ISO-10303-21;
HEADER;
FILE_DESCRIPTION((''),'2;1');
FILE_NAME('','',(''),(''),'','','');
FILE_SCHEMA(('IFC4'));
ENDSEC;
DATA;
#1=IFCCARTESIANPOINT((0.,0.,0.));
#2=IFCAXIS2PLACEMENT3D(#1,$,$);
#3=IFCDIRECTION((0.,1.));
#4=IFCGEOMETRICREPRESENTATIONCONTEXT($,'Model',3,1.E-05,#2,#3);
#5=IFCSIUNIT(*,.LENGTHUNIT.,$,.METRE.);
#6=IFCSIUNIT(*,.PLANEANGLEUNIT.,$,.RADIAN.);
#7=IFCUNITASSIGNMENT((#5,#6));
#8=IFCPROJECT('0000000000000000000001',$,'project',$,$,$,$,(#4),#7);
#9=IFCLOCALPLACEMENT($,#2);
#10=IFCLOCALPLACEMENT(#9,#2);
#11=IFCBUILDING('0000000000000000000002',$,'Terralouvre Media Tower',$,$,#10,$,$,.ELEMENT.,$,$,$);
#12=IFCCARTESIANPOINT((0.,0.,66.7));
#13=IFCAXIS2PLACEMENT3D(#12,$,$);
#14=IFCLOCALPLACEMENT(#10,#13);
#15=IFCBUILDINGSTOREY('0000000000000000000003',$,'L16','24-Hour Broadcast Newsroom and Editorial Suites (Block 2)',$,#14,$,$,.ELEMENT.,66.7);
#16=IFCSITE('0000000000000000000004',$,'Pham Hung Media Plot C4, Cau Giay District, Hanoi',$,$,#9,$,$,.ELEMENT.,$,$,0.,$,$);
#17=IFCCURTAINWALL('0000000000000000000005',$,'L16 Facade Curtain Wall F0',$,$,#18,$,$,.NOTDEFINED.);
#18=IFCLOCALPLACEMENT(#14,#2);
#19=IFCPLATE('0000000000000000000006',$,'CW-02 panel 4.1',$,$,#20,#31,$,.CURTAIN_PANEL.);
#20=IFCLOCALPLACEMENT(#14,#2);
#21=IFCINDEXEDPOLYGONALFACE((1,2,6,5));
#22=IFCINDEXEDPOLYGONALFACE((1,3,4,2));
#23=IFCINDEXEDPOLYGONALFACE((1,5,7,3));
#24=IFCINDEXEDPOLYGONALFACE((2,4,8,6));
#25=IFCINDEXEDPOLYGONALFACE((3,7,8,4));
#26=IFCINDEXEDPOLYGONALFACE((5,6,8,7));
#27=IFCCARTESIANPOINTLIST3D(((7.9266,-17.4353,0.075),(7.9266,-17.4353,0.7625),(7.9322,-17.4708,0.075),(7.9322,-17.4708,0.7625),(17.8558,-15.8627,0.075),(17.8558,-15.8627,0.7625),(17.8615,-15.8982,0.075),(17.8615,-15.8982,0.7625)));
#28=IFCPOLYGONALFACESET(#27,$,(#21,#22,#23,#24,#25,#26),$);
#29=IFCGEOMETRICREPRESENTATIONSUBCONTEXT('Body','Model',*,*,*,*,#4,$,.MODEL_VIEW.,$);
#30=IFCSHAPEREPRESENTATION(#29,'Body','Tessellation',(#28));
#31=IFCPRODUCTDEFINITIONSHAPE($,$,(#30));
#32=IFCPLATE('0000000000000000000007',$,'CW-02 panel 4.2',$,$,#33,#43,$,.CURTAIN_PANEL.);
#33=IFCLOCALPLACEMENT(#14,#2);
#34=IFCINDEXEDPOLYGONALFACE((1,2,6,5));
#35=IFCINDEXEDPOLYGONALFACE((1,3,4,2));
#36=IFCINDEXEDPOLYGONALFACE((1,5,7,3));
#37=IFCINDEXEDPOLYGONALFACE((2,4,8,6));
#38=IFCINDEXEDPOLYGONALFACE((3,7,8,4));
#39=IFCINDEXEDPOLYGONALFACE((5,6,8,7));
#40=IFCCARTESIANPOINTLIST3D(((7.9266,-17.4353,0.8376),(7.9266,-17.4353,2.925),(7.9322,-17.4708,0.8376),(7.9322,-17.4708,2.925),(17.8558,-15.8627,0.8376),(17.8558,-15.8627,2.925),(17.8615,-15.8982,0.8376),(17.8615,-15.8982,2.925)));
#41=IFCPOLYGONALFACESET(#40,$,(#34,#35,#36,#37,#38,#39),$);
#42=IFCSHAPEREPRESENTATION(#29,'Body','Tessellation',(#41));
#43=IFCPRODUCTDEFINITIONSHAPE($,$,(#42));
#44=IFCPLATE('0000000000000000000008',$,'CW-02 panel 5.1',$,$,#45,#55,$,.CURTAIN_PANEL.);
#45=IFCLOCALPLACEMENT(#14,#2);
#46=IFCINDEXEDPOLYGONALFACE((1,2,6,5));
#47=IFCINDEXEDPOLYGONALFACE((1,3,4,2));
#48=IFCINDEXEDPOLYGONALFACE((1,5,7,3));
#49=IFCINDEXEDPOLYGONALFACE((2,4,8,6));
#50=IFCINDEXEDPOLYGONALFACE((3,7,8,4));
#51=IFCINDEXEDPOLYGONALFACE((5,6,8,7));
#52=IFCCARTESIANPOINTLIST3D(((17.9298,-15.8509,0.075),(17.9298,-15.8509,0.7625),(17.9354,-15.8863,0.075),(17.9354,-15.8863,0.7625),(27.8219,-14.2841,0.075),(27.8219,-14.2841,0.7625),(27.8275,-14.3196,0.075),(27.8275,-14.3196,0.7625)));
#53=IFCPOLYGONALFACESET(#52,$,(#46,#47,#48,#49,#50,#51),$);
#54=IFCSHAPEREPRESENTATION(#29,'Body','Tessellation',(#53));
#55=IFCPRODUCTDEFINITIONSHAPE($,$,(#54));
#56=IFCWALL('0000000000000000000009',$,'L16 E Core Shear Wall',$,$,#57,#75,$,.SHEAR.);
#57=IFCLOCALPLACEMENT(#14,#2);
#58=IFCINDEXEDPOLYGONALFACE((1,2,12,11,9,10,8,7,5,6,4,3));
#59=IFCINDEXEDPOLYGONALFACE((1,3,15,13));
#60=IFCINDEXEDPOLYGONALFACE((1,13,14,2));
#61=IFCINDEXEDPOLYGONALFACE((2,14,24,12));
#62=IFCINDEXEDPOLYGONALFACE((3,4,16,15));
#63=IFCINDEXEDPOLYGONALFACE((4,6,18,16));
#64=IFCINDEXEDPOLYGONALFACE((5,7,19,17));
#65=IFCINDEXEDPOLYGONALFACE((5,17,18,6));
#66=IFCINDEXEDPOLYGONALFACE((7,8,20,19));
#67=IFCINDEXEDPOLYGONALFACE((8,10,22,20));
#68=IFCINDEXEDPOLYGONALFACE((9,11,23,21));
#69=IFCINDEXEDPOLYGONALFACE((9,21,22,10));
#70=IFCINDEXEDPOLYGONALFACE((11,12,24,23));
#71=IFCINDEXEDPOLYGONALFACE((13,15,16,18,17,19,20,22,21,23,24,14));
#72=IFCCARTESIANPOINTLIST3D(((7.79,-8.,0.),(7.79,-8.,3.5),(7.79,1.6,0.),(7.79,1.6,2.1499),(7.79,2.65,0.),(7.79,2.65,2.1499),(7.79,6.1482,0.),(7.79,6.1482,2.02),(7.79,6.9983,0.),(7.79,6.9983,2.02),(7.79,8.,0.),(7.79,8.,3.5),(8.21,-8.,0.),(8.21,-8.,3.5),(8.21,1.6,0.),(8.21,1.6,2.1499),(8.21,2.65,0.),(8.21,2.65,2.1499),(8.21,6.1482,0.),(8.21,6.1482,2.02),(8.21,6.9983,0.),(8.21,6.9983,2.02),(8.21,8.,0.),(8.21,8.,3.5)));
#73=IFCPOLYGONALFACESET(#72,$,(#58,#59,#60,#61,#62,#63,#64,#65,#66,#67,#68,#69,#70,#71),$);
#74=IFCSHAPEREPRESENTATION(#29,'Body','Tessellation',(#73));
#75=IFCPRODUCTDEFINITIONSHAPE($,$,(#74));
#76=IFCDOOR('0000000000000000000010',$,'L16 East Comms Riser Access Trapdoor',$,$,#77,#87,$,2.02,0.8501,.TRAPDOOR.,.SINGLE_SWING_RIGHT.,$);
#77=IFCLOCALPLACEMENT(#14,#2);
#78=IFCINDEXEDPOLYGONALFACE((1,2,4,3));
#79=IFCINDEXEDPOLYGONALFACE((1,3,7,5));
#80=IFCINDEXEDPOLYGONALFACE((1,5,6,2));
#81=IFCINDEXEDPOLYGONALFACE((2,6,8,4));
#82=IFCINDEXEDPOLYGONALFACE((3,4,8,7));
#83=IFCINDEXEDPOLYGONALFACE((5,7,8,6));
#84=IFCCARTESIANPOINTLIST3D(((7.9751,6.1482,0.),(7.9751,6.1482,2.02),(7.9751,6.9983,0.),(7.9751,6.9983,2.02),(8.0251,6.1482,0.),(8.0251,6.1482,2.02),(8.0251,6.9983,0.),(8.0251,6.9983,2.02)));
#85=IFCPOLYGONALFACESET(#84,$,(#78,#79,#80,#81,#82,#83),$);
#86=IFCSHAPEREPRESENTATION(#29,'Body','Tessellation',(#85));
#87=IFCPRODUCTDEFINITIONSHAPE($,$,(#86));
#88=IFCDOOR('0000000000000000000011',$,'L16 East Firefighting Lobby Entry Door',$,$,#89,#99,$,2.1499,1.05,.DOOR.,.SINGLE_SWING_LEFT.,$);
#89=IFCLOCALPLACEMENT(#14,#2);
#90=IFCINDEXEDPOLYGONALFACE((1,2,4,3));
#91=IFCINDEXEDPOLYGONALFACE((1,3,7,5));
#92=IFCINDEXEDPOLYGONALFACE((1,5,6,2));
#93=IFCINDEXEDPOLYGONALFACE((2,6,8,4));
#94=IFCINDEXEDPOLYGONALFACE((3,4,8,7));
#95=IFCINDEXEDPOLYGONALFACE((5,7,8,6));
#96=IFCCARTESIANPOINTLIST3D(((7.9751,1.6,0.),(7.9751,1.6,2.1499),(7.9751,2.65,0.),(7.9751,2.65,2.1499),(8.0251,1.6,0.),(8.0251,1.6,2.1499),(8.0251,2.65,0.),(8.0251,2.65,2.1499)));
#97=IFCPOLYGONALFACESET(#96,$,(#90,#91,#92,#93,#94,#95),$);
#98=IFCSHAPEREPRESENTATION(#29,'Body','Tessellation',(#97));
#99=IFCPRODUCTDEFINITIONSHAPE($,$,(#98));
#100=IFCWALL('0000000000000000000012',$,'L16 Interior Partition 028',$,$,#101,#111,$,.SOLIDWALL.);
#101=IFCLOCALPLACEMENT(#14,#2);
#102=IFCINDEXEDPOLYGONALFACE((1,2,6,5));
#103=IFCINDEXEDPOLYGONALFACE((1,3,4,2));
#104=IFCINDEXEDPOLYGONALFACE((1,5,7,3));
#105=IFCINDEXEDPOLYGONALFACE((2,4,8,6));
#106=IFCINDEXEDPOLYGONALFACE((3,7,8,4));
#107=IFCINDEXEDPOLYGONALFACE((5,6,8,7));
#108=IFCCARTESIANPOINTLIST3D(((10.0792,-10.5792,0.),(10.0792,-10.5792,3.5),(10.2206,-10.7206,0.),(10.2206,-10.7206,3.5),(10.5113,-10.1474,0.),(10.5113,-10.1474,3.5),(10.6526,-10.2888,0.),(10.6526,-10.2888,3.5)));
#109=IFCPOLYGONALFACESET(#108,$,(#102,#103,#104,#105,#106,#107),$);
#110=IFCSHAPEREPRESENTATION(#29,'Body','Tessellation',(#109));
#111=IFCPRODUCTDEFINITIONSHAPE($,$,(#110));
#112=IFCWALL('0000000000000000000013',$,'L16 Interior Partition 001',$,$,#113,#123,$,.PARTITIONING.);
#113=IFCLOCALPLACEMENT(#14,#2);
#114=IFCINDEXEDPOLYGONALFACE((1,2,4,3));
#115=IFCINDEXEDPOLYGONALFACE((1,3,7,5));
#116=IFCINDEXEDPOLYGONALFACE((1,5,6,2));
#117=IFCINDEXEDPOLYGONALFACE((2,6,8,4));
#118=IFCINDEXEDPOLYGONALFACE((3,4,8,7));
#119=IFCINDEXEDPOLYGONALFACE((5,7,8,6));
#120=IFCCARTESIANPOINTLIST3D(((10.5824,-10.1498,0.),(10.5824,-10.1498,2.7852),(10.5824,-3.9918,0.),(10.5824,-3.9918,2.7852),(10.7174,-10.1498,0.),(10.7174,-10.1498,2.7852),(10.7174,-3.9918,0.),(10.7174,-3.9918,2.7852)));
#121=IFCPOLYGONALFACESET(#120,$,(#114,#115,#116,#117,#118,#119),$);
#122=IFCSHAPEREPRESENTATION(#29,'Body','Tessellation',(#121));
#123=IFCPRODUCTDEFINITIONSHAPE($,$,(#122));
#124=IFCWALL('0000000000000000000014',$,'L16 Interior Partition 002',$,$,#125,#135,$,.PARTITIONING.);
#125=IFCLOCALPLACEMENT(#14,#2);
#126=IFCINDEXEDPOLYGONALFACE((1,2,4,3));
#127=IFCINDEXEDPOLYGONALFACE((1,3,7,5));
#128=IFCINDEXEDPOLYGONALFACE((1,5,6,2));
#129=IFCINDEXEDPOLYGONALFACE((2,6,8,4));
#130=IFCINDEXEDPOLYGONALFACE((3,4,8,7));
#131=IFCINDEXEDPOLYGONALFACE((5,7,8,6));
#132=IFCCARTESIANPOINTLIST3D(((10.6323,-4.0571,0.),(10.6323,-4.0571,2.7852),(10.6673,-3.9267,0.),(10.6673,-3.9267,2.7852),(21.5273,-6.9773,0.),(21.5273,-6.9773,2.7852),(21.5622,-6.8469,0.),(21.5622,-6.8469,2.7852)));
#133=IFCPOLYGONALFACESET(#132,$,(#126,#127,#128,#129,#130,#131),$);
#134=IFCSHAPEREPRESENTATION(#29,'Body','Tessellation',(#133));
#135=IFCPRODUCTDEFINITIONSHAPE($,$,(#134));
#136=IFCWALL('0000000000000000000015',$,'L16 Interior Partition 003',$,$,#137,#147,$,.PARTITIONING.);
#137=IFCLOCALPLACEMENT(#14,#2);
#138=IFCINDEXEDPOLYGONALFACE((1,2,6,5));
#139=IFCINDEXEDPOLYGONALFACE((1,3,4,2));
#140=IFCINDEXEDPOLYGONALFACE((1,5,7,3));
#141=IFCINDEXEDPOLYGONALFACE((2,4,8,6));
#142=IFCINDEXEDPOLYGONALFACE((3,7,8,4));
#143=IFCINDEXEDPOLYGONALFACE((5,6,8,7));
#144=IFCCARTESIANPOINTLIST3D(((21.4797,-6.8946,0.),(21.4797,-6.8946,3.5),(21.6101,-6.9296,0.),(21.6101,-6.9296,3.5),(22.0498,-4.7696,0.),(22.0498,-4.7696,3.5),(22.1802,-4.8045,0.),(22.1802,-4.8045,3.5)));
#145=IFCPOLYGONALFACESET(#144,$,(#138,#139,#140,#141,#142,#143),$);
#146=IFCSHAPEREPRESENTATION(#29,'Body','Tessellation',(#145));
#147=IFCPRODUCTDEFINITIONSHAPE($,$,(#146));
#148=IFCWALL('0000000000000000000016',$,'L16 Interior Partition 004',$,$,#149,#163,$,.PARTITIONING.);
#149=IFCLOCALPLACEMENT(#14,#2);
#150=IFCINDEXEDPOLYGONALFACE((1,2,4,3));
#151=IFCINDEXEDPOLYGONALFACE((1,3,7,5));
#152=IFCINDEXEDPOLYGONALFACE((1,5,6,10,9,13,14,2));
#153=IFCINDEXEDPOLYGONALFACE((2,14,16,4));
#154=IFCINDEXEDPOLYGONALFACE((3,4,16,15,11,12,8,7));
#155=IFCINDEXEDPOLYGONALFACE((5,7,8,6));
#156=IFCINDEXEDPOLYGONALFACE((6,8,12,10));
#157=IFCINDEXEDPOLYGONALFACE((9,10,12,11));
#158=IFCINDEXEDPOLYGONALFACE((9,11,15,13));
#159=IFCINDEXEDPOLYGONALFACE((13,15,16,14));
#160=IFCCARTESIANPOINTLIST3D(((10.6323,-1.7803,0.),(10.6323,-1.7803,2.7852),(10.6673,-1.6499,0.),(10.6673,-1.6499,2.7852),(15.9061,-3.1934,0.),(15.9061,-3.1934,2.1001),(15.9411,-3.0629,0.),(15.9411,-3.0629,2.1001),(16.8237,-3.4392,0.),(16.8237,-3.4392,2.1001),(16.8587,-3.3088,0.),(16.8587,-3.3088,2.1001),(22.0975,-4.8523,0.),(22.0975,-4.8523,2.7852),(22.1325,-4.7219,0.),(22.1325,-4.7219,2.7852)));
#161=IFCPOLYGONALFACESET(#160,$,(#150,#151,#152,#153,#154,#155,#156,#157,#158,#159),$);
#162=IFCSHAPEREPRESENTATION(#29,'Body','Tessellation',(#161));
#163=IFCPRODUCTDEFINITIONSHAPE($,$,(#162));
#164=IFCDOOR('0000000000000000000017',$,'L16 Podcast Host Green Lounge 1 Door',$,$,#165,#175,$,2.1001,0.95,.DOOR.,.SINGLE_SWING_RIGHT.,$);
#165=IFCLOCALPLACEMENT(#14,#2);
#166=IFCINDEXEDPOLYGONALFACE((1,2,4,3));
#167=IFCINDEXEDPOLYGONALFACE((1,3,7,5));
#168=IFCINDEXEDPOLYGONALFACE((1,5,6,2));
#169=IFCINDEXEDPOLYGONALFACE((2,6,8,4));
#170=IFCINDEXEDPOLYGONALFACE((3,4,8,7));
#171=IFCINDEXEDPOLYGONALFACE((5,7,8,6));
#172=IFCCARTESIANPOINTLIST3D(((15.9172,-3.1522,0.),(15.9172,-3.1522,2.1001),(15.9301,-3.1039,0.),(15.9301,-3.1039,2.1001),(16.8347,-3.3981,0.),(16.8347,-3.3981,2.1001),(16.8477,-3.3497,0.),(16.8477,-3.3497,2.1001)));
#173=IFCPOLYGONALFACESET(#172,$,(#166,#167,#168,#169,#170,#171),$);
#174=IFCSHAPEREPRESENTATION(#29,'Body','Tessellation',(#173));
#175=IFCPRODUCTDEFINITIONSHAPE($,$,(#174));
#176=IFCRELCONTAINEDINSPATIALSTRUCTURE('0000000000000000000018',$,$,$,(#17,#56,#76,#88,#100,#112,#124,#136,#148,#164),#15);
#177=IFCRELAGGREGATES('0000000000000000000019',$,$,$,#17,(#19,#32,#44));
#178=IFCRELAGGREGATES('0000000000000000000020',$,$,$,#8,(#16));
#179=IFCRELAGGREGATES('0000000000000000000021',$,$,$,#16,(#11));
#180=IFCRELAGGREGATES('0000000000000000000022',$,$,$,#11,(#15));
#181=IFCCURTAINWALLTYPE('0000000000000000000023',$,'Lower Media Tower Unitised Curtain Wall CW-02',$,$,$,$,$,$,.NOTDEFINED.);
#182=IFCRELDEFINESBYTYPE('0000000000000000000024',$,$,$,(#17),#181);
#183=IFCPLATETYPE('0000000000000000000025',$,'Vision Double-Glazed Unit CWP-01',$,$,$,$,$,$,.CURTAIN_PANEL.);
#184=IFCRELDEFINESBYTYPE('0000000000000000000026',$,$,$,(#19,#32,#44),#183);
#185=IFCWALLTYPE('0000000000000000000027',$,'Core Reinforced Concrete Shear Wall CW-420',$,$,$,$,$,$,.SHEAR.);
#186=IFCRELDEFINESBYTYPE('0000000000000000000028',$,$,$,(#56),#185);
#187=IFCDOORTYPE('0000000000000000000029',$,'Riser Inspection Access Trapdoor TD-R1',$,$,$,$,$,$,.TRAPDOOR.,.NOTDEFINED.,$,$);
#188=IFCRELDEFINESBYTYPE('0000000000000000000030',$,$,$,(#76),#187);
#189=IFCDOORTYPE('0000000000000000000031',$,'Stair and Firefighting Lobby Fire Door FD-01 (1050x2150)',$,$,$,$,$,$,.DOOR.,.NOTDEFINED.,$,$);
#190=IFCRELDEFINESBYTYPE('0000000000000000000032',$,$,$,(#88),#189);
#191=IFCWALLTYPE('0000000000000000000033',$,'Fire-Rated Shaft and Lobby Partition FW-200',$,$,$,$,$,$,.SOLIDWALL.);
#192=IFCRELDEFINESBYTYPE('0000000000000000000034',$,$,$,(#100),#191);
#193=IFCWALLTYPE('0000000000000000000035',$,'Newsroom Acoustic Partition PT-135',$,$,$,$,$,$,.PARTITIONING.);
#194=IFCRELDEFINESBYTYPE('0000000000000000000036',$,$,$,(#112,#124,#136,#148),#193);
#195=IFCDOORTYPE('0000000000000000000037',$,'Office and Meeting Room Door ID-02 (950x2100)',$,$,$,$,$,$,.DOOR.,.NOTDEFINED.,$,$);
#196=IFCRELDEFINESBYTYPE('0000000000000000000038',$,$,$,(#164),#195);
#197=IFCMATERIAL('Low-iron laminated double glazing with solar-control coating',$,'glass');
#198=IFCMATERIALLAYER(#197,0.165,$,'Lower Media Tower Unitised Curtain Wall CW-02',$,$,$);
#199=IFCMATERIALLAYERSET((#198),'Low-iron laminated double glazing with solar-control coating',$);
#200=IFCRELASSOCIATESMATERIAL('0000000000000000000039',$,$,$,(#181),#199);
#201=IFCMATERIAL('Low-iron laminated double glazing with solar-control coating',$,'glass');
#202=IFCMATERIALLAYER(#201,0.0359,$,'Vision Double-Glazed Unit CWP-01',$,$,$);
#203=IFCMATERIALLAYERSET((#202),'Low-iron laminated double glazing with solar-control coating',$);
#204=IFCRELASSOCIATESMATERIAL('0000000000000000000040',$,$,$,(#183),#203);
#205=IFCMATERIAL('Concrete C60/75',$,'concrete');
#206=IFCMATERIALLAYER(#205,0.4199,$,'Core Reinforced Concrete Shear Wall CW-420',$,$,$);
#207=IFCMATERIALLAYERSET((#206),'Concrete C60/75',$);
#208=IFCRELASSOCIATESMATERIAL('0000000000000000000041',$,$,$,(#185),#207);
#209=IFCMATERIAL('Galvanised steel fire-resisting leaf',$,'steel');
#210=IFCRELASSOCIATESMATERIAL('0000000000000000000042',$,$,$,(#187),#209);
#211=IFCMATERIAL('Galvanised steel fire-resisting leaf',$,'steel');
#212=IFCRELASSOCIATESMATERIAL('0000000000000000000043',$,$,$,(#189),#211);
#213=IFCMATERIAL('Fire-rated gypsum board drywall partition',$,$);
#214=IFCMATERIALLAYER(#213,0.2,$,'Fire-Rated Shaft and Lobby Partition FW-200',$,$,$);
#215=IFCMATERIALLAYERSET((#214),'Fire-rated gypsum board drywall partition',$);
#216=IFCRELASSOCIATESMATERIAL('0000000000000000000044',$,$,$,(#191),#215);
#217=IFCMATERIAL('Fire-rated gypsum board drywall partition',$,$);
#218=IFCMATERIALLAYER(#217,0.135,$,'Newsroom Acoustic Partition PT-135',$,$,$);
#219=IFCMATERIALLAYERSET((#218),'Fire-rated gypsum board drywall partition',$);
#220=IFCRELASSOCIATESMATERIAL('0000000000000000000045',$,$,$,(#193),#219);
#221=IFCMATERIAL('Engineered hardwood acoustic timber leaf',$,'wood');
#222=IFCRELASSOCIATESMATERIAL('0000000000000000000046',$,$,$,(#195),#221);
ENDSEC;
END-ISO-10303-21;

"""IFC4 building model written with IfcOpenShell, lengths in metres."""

from ifc_helpers import new_model, si_unit, direction, frame, frame_2d, origin, origin_2d, place, context, subcontext, project, spatial, rectangle, extrude, material, layer, layer_set, type_object, element, fill, aggregate, save


model = new_model("IFC4")

# Units and contexts
model_context = context("Model", 3, precision=1e-05, world=origin(), true_north=direction((0.0, 1.0)))
body_context = subcontext(model_context, "Body", "Model", "MODEL_VIEW")
ifc_project = project(units=[si_unit("LENGTHUNIT", "METRE"), si_unit("PLANEANGLEUNIT", "RADIAN")], contexts=[model_context])

# Site, building, storey
site_placement = place(None, origin())
site = spatial("IfcSite", under=ifc_project, at=site_placement, Name="Pham Hung Media Plot C4, Cau Giay District, Hanoi", CompositionType="ELEMENT", RefElevation=0.0)
building_placement = place(site_placement, origin())
building = spatial("IfcBuilding", under=site, at=building_placement, Name="Terralouvre Media Tower", CompositionType="ELEMENT")
storey_placement = place(building_placement, frame((0.0, 0.0, 66.7)))
storey = spatial("IfcBuildingStorey", under=building, at=storey_placement, Name="L16", Description="24-Hour Broadcast Newsroom and Editorial Suites (Block 2)", CompositionType="ELEMENT", Elevation=66.7)

# Curtain wall
ifc_material_1 = material(Name="Low-iron laminated double glazing with solar-control coating", Category="glass")
ifc_layer_1 = layer(ifc_material_1, 0.165, Name="Lower Media Tower Unitised Curtain Wall CW-02")
ifc_layer_set_1 = layer_set([ifc_layer_1], Name="Low-iron laminated double glazing with solar-control coating")
curtain_wall_type = type_object("IfcCurtainWallType", Name="Lower Media Tower Unitised Curtain Wall CW-02", PredefinedType="NOTDEFINED", material=ifc_layer_set_1)
curtain_wall_placement = place(storey_placement, origin())
curtain_wall = element("IfcCurtainWall", 1, at=curtain_wall_placement, inside=storey, type_object=curtain_wall_type, Name="L16 Facade Curtain Wall F0", PredefinedType="NOTDEFINED")

# Plates
ifc_material_2 = material(Name="Low-iron laminated double glazing with solar-control coating", Category="glass")
ifc_layer_2 = layer(ifc_material_2, 0.0359, Name="Vision Double-Glazed Unit CWP-01")
ifc_layer_set_2 = layer_set([ifc_layer_2], Name="Low-iron laminated double glazing with solar-control coating")
plate_type = type_object("IfcPlateType", Name="Vision Double-Glazed Unit CWP-01", PredefinedType="CURTAIN_PANEL", material=ifc_layer_set_2)
plate_1_placement = place(storey_placement, frame((12.894, -16.6667, 0.075), z_axis=(0.0, 0.0, 1.0), x_axis=(0.987688, 0.156434, 0.0)))
plate_1 = element("IfcPlate", 2, at=plate_1_placement, type_object=plate_type, Name="CW-02 panel 4.1", PredefinedType="CURTAIN_PANEL", context=body_context, shape_type="SweptSolid", body=[
    extrude(rectangle(XDim=10.053, YDim=0.0359, at=origin_2d()), origin(), (0.0, 0.0, 1.0), 0.6875),
])
plate_2_placement = place(storey_placement, frame((12.894, -16.6667, 0.8376), z_axis=(0.0, 0.0, 1.0), x_axis=(0.987688, 0.156434, 0.0)))
plate_2 = element("IfcPlate", 3, at=plate_2_placement, type_object=plate_type, Name="CW-02 panel 4.2", PredefinedType="CURTAIN_PANEL", context=body_context, shape_type="SweptSolid", body=[
    extrude(rectangle(XDim=10.053, YDim=0.0359, at=origin_2d()), origin(), (0.0, 0.0, 1.0), 2.0874),
])
plate_3_placement = place(storey_placement, frame((22.8787, -15.0852, 0.075), z_axis=(0.0, 0.0, 1.0), x_axis=(0.987688, 0.156434, 0.0)))
plate_3 = element("IfcPlate", 4, at=plate_3_placement, type_object=plate_type, Name="CW-02 panel 5.1", PredefinedType="CURTAIN_PANEL", context=body_context, shape_type="SweptSolid", body=[
    extrude(rectangle(XDim=10.0154, YDim=0.0359, at=origin_2d()), origin(), (0.0, 0.0, 1.0), 0.6875),
])
aggregate(curtain_wall, [plate_1, plate_2, plate_3])

# Wall, openings, doors
ifc_material_3 = material(Name="Concrete C60/75", Category="concrete")
ifc_layer_3 = layer(ifc_material_3, 0.4199, Name="Core Reinforced Concrete Shear Wall CW-420")
ifc_layer_set_3 = layer_set([ifc_layer_3], Name="Concrete C60/75")
wall_type_1 = type_object("IfcWallType", Name="Core Reinforced Concrete Shear Wall CW-420", PredefinedType="SHEAR", material=ifc_layer_set_3)
wall_1_placement = place(storey_placement, frame((8.0, -8.0, 0.0), z_axis=(0.0, 0.0, 1.0), x_axis=(0.0, 1.0, 0.0)))
wall_1 = element("IfcWall", 5, at=wall_1_placement, inside=storey, type_object=wall_type_1, Name="L16 E Core Shear Wall", PredefinedType="SHEAR", context=body_context, shape_type="SweptSolid", body=[
    extrude(rectangle(XDim=16.0, YDim=0.4199, at=frame_2d((8.0, 0.0))), origin(), (0.0, 0.0, 1.0), 3.5),
])
opening_1_placement = place(wall_1_placement, frame((9.6001, 0.0, 0.0)))
opening_1 = element("IfcOpeningElement", 6, at=opening_1_placement, cuts=wall_1, PredefinedType="OPENING", context=body_context, shape_type="SweptSolid", body=[
    extrude(rectangle(XDim=1.05, YDim=2.1499, at=frame_2d((0.5249, 1.075))), frame((0.0, 0.22, 0.0), z_axis=(0.0, -1.0, 0.0), x_axis=(1.0, 0.0, 0.0)), (0.0, 0.0, 1.0), 0.4399),
])
opening_2_placement = place(wall_1_placement, frame((14.1482, 0.0, 0.0)))
opening_2 = element("IfcOpeningElement", 7, at=opening_2_placement, cuts=wall_1, PredefinedType="OPENING", context=body_context, shape_type="SweptSolid", body=[
    extrude(rectangle(XDim=0.8501, YDim=2.02, at=frame_2d((0.425, 1.01))), frame((0.0, 0.22, 0.0), z_axis=(0.0, -1.0, 0.0), x_axis=(1.0, 0.0, 0.0)), (0.0, 0.0, 1.0), 0.4399),
])
ifc_material_4 = material(Name="Galvanised steel fire-resisting leaf", Category="steel")
door_type_1 = type_object("IfcDoorType", Name="Riser Inspection Access Trapdoor TD-R1", OperationType="NOTDEFINED", PredefinedType="TRAPDOOR", material=ifc_material_4)
door_1_placement = place(opening_2_placement, origin())
door_1 = element("IfcDoor", 8, at=door_1_placement, inside=storey, type_object=door_type_1, Name="L16 East Comms Riser Access Trapdoor", OperationType="SINGLE_SWING_RIGHT", OverallHeight=2.02, OverallWidth=0.8501, PredefinedType="TRAPDOOR", context=body_context, shape_type="SweptSolid", body=[
    extrude(rectangle(XDim=0.8501, YDim=2.02, at=frame_2d((0.425, 1.01))), frame((0.0, 0.0249, 0.0), z_axis=(0.0, -1.0, 0.0), x_axis=(1.0, 0.0, 0.0)), (0.0, 0.0, 1.0), 0.05),
])
fill(opening_2, door_1)
ifc_material_5 = material(Name="Galvanised steel fire-resisting leaf", Category="steel")
door_type_2 = type_object("IfcDoorType", Name="Stair and Firefighting Lobby Fire Door FD-01 (1050x2150)", OperationType="NOTDEFINED", PredefinedType="DOOR", material=ifc_material_5)
door_2_placement = place(opening_1_placement, origin())
door_2 = element("IfcDoor", 9, at=door_2_placement, inside=storey, type_object=door_type_2, Name="L16 East Firefighting Lobby Entry Door", OperationType="SINGLE_SWING_LEFT", OverallHeight=2.1499, OverallWidth=1.05, PredefinedType="DOOR", context=body_context, shape_type="SweptSolid", body=[
    extrude(rectangle(XDim=1.05, YDim=2.1499, at=frame_2d((0.5249, 1.075))), frame((0.0, 0.0249, 0.0), z_axis=(0.0, -1.0, 0.0), x_axis=(1.0, 0.0, 0.0)), (0.0, 0.0, 1.0), 0.05),
])
fill(opening_1, door_2)

# Walls
ifc_material_6 = material(Name="Fire-rated gypsum board drywall partition")
ifc_layer_4 = layer(ifc_material_6, 0.2, Name="Fire-Rated Shaft and Lobby Partition FW-200")
ifc_layer_set_4 = layer_set([ifc_layer_4], Name="Fire-rated gypsum board drywall partition")
wall_type_2 = type_object("IfcWallType", Name="Fire-Rated Shaft and Lobby Partition FW-200", PredefinedType="SOLIDWALL", material=ifc_layer_set_4)
wall_2_placement = place(storey_placement, frame((10.1499, -10.6499, 0.0), z_axis=(0.0, 0.0, 1.0), x_axis=(0.707307, 0.706907, 0.0)))
element("IfcWall", 10, at=wall_2_placement, inside=storey, type_object=wall_type_2, Name="L16 Interior Partition 028", PredefinedType="SOLIDWALL", context=body_context, shape_type="SweptSolid", body=[
    extrude(rectangle(XDim=0.6108, YDim=0.2, at=frame_2d((0.3054, 0.0))), origin(), (0.0, 0.0, 1.0), 3.5),
])
ifc_material_7 = material(Name="Fire-rated gypsum board drywall partition")
ifc_layer_5 = layer(ifc_material_7, 0.135, Name="Newsroom Acoustic Partition PT-135")
ifc_layer_set_5 = layer_set([ifc_layer_5], Name="Fire-rated gypsum board drywall partition")
wall_type_3 = type_object("IfcWallType", Name="Newsroom Acoustic Partition PT-135", PredefinedType="PARTITIONING", material=ifc_layer_set_5)
wall_3_placement = place(storey_placement, frame((10.6499, -10.1499, 0.0), z_axis=(0.0, 0.0, 1.0), x_axis=(0.0, 1.0, 0.0)))
element("IfcWall", 11, at=wall_3_placement, inside=storey, type_object=wall_type_3, Name="L16 Interior Partition 001", PredefinedType="PARTITIONING", context=body_context, shape_type="SweptSolid", body=[
    extrude(rectangle(XDim=6.158, YDim=0.135, at=frame_2d((3.0791, 0.0))), origin(), (0.0, 0.0, 1.0), 2.7852),
])
wall_4_placement = place(storey_placement, frame((10.6499, -3.9919, 0.0), z_axis=(0.0, 0.0, 1.0), x_axis=(0.965907, -0.25889, 0.0)))
element("IfcWall", 12, at=wall_4_placement, inside=storey, type_object=wall_type_3, Name="L16 Interior Partition 002", PredefinedType="PARTITIONING", context=body_context, shape_type="SweptSolid", body=[
    extrude(rectangle(XDim=11.2795, YDim=0.135, at=frame_2d((5.6396, 0.0))), origin(), (0.0, 0.0, 1.0), 2.7852),
])
wall_5_placement = place(storey_placement, frame((21.5449, -6.9121, 0.0), z_axis=(0.0, 0.0, 1.0), x_axis=(0.259106, 0.965849, 0.0)))
element("IfcWall", 13, at=wall_5_placement, inside=storey, type_object=wall_type_3, Name="L16 Interior Partition 003", PredefinedType="PARTITIONING", context=body_context, shape_type="SweptSolid", body=[
    extrude(rectangle(XDim=2.2002, YDim=0.135, at=frame_2d((1.1001, 0.0))), origin(), (0.0, 0.0, 1.0), 3.5),
])

# Wall, opening, door
wall_6_placement = place(storey_placement, frame((22.115, -4.7871, 0.0), z_axis=(0.0, 0.0, 1.0), x_axis=(-0.965927, 0.258816, 0.0)))
wall_6 = element("IfcWall", 14, at=wall_6_placement, inside=storey, type_object=wall_type_3, Name="L16 Interior Partition 004", PredefinedType="PARTITIONING", context=body_context, shape_type="SweptSolid", body=[
    extrude(rectangle(XDim=11.8696, YDim=0.135, at=frame_2d((5.9348, 0.0))), origin(), (0.0, 0.0, 1.0), 2.7852),
])
opening_3_placement = place(wall_6_placement, frame((5.4597, 0.0, 0.0)))
opening_3 = element("IfcOpeningElement", 15, at=opening_3_placement, cuts=wall_6, PredefinedType="OPENING", context=body_context, shape_type="SweptSolid", body=[
    extrude(rectangle(XDim=0.95, YDim=2.1001, at=frame_2d((0.4751, 1.05))), frame((0.0, 0.0774, 0.0), z_axis=(0.0, -1.0, 0.0), x_axis=(1.0, 0.0, 0.0)), (0.0, 0.0, 1.0), 0.155),
])
ifc_material_8 = material(Name="Engineered hardwood acoustic timber leaf", Category="wood")
door_type_3 = type_object("IfcDoorType", Name="Office and Meeting Room Door ID-02 (950x2100)", OperationType="NOTDEFINED", PredefinedType="DOOR", material=ifc_material_8)
door_3_placement = place(opening_3_placement, origin())
door_3 = element("IfcDoor", 16, at=door_3_placement, inside=storey, type_object=door_type_3, Name="L16 Podcast Host Green Lounge 1 Door", OperationType="SINGLE_SWING_RIGHT", OverallHeight=2.1001, OverallWidth=0.95, PredefinedType="DOOR", context=body_context, shape_type="SweptSolid", body=[
    extrude(rectangle(XDim=0.95, YDim=2.1001, at=frame_2d((0.4751, 1.05))), frame((0.0, 0.0249, 0.0), z_axis=(0.0, -1.0, 0.0), x_axis=(1.0, 0.0, 0.0)), (0.0, 0.0, 1.0), 0.05),
])
fill(opening_3, door_3)

save(model, "model.ifc")
